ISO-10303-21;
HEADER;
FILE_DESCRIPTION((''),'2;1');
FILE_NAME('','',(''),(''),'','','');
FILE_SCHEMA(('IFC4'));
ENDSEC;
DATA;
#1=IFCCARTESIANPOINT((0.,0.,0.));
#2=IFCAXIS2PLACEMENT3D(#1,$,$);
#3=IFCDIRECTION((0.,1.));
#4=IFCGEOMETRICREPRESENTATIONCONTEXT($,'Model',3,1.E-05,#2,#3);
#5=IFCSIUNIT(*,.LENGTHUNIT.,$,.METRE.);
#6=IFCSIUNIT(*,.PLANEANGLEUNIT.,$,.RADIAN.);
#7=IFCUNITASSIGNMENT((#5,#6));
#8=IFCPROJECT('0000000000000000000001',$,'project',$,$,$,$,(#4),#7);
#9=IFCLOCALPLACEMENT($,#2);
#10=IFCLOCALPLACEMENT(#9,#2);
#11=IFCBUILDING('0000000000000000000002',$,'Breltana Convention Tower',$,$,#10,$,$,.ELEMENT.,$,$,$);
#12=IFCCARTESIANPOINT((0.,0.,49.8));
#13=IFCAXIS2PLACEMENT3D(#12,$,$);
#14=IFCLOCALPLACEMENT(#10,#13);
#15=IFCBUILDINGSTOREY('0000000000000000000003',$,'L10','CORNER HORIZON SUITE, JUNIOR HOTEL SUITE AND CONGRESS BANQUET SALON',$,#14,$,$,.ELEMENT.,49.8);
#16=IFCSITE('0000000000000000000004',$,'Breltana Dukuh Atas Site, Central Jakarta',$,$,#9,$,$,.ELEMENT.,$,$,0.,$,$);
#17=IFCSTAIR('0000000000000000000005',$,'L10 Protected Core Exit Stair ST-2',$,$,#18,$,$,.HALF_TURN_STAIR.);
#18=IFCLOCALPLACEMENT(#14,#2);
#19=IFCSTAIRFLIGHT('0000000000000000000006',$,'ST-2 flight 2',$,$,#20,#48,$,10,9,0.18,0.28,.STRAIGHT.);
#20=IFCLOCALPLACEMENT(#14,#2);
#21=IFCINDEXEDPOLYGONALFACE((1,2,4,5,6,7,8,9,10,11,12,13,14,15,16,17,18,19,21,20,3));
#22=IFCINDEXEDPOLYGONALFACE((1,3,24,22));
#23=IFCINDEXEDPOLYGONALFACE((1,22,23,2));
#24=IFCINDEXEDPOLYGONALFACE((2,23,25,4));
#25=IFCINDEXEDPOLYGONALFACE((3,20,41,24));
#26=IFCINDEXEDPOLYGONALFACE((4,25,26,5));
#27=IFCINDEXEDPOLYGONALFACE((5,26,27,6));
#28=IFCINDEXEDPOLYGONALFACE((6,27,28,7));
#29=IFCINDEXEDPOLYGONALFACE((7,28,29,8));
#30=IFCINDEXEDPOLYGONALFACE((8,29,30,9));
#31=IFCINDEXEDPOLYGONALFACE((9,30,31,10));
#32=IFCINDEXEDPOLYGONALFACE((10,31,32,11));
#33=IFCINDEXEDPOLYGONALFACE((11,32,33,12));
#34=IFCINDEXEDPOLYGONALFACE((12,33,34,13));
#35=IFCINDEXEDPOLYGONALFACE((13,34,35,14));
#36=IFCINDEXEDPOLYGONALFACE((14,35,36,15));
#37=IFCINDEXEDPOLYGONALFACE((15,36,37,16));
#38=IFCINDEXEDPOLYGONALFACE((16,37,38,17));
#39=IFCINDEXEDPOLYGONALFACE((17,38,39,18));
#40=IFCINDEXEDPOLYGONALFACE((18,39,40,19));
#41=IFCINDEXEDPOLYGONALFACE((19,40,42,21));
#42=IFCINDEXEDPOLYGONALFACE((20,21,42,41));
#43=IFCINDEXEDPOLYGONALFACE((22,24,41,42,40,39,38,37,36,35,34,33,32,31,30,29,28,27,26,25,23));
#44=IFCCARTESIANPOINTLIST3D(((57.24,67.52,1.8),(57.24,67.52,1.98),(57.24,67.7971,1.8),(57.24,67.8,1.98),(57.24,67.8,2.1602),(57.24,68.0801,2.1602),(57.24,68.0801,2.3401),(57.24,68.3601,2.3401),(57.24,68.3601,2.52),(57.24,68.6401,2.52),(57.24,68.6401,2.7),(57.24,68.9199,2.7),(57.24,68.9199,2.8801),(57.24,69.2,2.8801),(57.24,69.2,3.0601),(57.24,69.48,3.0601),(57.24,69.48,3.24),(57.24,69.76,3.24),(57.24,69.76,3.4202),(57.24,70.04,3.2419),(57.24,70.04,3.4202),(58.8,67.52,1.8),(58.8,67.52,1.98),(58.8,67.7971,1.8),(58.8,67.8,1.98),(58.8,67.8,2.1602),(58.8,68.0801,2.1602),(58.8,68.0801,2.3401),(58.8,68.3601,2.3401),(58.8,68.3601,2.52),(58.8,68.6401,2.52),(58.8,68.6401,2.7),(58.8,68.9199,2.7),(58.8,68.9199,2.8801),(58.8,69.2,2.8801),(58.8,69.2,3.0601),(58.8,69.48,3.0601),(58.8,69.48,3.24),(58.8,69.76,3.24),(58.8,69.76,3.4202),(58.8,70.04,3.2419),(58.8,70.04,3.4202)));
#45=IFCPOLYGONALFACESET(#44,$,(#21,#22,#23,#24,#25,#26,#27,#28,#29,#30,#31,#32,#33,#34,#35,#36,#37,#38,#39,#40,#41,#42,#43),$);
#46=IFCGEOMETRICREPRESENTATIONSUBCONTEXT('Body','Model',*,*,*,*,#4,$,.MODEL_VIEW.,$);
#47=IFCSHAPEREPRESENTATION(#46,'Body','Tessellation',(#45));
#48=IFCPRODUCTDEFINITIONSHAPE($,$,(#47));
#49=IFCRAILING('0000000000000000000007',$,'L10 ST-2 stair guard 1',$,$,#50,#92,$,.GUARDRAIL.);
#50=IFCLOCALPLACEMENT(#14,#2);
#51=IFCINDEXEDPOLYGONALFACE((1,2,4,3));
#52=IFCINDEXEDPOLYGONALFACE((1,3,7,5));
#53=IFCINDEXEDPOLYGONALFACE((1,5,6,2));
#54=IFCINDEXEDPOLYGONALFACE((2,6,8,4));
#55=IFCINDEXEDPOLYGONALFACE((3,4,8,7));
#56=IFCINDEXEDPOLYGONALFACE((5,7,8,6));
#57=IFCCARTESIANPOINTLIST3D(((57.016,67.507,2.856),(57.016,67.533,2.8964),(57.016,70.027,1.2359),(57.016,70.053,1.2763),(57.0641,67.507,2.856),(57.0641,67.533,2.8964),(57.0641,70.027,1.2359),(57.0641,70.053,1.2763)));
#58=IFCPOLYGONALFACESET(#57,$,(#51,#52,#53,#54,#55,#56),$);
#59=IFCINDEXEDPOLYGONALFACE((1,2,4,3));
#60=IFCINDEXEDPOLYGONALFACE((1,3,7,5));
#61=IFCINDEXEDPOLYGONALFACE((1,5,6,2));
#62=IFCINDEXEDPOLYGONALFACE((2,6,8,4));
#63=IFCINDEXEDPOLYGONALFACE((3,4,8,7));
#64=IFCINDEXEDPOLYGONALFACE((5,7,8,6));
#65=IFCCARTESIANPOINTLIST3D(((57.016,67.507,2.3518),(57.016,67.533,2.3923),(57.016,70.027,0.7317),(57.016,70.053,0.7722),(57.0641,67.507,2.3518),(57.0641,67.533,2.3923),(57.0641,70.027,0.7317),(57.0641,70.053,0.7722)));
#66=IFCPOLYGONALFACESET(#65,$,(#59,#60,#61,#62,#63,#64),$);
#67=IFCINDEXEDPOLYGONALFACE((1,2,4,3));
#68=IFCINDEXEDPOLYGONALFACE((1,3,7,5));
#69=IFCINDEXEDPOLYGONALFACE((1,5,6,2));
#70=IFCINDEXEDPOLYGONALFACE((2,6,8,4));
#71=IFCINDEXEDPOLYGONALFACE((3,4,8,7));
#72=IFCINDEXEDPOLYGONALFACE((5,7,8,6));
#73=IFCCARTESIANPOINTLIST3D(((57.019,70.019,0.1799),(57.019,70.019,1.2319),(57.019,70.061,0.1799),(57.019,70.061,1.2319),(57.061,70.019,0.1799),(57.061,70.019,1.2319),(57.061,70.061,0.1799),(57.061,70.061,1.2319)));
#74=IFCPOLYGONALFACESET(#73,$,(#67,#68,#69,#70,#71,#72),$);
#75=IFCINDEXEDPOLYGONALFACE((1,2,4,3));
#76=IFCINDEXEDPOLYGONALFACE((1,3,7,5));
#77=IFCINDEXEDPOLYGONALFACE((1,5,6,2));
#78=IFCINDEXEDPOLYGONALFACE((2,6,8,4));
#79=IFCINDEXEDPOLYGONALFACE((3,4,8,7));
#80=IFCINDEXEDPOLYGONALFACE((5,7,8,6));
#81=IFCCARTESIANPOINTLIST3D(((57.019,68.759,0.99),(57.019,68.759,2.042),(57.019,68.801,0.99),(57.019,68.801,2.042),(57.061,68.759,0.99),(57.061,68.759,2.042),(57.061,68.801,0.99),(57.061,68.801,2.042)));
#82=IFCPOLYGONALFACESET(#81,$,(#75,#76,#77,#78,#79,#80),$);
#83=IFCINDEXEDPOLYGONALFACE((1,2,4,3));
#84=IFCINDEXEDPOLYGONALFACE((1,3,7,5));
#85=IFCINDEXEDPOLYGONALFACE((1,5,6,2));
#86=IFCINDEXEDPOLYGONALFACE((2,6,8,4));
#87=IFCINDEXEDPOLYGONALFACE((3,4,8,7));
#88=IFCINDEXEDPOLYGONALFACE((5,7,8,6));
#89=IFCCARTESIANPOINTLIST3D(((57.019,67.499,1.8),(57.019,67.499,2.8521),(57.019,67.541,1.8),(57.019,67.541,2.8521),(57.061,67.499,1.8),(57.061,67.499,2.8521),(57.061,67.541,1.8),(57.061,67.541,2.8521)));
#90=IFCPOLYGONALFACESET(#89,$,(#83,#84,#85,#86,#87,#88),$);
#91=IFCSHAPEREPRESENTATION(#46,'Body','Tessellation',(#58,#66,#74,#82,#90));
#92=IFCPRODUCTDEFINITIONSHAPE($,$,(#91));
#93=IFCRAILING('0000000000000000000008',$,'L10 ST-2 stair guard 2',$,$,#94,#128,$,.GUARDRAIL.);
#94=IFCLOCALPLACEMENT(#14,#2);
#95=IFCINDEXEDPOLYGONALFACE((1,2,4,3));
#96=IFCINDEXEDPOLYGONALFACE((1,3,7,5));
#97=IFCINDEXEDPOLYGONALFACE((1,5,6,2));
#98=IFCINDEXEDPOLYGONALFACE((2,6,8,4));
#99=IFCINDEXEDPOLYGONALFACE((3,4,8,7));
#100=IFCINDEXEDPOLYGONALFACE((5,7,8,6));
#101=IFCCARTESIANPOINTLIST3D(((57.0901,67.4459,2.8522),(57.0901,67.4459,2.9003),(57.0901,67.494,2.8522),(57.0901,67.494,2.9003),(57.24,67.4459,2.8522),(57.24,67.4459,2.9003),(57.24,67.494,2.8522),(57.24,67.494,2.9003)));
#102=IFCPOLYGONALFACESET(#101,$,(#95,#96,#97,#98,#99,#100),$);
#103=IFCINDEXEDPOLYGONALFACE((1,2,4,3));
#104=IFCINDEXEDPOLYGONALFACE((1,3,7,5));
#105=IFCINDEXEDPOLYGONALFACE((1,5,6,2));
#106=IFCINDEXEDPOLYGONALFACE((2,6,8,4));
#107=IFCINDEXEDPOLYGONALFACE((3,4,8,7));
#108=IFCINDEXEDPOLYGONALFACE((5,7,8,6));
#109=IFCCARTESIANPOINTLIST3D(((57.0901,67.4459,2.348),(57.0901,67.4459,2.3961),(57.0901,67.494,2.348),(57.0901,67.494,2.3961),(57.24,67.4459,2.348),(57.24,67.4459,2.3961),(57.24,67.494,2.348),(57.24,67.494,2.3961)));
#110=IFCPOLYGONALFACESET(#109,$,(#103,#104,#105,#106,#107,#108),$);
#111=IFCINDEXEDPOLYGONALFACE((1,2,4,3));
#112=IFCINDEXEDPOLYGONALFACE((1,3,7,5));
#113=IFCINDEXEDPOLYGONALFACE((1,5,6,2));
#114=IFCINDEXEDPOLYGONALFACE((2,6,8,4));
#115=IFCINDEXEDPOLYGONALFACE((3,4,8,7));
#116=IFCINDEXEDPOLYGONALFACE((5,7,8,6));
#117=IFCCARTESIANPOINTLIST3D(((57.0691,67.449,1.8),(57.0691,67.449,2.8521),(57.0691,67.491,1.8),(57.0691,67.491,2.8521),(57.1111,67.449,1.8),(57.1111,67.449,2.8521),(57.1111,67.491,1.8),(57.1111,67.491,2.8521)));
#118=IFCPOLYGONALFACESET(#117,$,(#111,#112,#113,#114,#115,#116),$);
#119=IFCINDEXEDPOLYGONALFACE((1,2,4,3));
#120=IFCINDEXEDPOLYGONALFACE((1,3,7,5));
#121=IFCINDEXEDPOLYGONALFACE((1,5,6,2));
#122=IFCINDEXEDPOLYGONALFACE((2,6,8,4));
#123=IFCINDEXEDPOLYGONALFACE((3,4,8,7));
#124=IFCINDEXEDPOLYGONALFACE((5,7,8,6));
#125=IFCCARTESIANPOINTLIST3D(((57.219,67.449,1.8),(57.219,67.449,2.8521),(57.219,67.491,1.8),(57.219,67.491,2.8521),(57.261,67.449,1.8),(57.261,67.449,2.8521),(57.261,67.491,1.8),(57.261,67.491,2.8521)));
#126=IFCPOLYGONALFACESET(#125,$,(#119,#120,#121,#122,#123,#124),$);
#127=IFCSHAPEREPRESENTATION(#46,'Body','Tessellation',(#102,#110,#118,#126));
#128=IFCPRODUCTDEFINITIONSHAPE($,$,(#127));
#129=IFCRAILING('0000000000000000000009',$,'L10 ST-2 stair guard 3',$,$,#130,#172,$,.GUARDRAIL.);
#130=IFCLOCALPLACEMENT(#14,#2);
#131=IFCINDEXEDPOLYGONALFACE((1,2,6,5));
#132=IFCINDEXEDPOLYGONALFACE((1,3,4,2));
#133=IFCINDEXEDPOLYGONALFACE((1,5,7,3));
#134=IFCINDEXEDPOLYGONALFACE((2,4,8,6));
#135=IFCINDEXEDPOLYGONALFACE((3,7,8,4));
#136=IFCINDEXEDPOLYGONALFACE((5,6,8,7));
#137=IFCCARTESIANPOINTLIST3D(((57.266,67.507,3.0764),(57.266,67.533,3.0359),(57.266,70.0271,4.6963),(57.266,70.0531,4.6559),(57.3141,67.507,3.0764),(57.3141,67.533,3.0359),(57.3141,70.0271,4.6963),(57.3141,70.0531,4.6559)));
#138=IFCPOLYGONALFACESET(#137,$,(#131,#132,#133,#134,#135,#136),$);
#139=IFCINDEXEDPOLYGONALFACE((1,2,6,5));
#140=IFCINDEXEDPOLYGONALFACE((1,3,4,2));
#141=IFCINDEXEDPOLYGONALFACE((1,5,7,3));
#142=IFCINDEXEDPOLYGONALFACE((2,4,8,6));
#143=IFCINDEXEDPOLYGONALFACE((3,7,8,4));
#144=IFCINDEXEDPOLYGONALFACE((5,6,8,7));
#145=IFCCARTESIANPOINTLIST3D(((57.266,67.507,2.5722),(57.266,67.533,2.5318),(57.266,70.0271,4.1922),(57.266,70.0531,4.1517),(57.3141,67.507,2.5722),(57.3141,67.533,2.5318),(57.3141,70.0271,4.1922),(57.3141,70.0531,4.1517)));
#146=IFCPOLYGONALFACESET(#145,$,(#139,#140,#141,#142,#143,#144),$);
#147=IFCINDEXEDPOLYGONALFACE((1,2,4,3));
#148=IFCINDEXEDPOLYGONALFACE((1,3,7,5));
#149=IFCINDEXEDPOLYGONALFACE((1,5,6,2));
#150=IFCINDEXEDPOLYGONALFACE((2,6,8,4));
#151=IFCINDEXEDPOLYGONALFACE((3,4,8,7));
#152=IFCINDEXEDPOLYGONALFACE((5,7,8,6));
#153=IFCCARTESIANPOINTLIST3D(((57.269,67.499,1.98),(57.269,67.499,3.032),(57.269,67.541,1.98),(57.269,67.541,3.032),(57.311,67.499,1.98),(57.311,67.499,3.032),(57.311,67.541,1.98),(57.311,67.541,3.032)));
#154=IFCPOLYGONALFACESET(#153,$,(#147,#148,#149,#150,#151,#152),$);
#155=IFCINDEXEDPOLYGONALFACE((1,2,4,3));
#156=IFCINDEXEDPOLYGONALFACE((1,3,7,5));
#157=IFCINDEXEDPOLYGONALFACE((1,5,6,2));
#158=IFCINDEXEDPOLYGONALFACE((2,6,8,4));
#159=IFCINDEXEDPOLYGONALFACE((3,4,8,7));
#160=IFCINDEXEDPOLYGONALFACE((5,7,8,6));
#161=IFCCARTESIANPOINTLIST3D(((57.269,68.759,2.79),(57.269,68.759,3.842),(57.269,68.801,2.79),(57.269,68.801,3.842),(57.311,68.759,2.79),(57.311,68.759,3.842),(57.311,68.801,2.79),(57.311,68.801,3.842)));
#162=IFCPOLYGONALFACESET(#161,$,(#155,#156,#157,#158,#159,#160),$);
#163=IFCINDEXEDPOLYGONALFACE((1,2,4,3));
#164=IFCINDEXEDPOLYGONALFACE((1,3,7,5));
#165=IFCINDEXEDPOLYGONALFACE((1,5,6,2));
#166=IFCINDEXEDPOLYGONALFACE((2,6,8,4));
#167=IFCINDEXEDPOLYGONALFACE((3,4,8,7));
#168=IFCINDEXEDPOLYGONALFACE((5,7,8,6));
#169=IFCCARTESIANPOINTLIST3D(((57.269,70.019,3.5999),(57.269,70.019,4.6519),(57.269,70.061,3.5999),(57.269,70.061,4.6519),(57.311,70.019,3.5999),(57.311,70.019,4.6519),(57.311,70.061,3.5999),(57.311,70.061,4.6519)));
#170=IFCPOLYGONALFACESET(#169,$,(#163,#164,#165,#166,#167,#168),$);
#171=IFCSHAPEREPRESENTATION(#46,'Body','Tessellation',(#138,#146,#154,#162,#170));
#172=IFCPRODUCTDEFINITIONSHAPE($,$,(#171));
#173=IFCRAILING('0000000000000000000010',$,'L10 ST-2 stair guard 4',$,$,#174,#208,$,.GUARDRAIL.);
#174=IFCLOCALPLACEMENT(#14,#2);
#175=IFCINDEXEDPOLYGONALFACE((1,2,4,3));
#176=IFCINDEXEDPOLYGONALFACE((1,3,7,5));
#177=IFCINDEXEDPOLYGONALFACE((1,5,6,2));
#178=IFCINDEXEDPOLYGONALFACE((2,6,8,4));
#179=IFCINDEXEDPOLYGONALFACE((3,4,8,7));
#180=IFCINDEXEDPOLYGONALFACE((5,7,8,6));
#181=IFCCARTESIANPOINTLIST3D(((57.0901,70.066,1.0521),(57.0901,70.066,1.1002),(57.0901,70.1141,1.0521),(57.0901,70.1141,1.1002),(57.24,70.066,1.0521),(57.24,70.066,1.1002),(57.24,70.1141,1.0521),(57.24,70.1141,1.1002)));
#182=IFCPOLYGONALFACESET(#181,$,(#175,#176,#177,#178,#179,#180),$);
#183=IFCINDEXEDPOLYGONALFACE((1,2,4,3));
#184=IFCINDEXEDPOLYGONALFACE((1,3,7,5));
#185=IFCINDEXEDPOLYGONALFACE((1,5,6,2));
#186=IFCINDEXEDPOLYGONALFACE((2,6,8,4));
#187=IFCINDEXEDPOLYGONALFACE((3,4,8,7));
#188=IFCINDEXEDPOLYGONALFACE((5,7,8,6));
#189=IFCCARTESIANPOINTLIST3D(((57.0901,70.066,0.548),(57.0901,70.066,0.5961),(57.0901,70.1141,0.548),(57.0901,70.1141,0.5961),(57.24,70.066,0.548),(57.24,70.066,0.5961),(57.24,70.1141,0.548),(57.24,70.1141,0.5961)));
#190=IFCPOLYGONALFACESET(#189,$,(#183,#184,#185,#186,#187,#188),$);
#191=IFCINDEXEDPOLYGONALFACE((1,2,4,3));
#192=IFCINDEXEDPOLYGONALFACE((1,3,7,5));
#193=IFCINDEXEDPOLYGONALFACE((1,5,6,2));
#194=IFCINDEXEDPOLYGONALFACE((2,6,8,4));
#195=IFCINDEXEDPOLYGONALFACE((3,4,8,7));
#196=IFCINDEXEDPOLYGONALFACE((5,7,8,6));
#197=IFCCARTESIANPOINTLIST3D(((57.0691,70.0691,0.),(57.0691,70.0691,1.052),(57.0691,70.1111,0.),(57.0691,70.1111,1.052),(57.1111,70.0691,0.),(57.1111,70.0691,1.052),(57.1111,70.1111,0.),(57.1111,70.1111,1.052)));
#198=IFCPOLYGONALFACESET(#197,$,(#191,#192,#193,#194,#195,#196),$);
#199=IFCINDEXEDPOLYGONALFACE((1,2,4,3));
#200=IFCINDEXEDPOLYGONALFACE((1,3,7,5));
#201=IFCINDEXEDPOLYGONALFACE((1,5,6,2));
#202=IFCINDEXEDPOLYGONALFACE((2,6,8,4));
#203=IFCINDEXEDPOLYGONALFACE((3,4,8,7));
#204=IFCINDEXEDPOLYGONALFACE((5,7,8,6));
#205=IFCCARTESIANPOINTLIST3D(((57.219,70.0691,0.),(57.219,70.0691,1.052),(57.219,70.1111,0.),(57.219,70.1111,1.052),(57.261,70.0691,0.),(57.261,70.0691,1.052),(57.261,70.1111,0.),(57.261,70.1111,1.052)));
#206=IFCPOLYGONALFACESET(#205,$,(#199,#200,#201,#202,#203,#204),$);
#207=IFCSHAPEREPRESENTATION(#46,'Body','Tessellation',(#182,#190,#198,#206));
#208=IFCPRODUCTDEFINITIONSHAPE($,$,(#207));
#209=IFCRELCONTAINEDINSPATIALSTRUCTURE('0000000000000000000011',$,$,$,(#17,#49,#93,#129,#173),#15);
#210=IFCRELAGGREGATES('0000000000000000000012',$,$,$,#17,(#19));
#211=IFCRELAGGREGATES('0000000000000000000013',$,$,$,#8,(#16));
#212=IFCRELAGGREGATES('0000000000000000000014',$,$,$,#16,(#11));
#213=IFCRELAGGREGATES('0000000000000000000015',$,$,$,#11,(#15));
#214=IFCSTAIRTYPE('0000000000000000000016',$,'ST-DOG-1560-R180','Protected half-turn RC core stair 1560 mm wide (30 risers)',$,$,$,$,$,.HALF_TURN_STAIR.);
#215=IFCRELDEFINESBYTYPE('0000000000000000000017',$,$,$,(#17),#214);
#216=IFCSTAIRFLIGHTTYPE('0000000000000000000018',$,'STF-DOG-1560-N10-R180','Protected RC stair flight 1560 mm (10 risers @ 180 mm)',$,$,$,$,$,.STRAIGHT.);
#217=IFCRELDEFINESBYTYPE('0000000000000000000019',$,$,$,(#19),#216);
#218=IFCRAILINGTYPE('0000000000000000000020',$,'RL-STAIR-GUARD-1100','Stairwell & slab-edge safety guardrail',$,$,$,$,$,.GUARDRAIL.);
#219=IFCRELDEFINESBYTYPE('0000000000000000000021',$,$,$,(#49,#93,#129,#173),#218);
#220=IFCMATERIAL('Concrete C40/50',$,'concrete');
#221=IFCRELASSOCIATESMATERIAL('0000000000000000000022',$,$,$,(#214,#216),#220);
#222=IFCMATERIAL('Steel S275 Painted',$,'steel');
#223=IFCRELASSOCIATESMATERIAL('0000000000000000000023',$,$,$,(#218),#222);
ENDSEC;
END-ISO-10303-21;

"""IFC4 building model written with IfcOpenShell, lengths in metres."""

from ifc_helpers import new_model, si_unit, direction, frame, origin, origin_2d, place, context, subcontext, project, spatial, polyline, rectangle, outline, extrude, material, type_object, element, aggregate, save


model = new_model("IFC4")

# Units and contexts
model_context = context("Model", 3, precision=1e-05, world=origin(), true_north=direction((0.0, 1.0)))
body_context = subcontext(model_context, "Body", "Model", "MODEL_VIEW")
ifc_project = project(units=[si_unit("LENGTHUNIT", "METRE"), si_unit("PLANEANGLEUNIT", "RADIAN")], contexts=[model_context])

# Site, building, storey
site_placement = place(None, origin())
site = spatial("IfcSite", under=ifc_project, at=site_placement, Name="Breltana Dukuh Atas Site, Central Jakarta", CompositionType="ELEMENT", RefElevation=0.0)
building_placement = place(site_placement, origin())
building = spatial("IfcBuilding", under=site, at=building_placement, Name="Breltana Convention Tower", CompositionType="ELEMENT")
storey_placement = place(building_placement, frame((0.0, 0.0, 49.8)))
storey = spatial("IfcBuildingStorey", under=building, at=storey_placement, Name="L10", Description="CORNER HORIZON SUITE, JUNIOR HOTEL SUITE AND CONGRESS BANQUET SALON", CompositionType="ELEMENT", Elevation=49.8)

# Stair, stair flight
ifc_material_1 = material(Name="Concrete C40/50", Category="concrete")
stair_type = type_object("IfcStairType", Name="ST-DOG-1560-R180", Description="Protected half-turn RC core stair 1560 mm wide (30 risers)", PredefinedType="HALF_TURN_STAIR", material=ifc_material_1)
stair_placement = place(storey_placement, origin())
stair = element("IfcStair", 1, at=stair_placement, inside=storey, type_object=stair_type, Name="L10 Protected Core Exit Stair ST-2", PredefinedType="HALF_TURN_STAIR")
stair_flight_type = type_object("IfcStairFlightType", Name="STF-DOG-1560-N10-R180", Description="Protected RC stair flight 1560 mm (10 risers @ 180 mm)", PredefinedType="STRAIGHT", material=ifc_material_1)
stair_flight_1_placement = place(storey_placement, frame((58.02, 67.52, 1.8), z_axis=(0.0, 0.0, 1.0), x_axis=(0.0, 1.0, 0.0)))
stair_flight_1 = element("IfcStairFlight", 2, at=stair_flight_1_placement, type_object=stair_flight_type, Name="ST-2 flight 2", NumberOfRisers=10, NumberOfTreads=9, PredefinedType="STRAIGHT", RiserHeight=0.18, TreadLength=0.28, context=body_context, shape_type="SweptSolid", body=[
    extrude(outline(polyline([(0.0, 0.0), (0.0, 0.1799), (0.28, 0.1799), (0.28, 0.3601), (0.5601, 0.3601), (0.5601, 0.54), (0.8401, 0.54), (0.8401, 0.72), (1.1201, 0.72), (1.1201, 0.8999), (1.3999, 0.8999), (1.3999, 1.0801), (1.6799, 1.0801), (1.6799, 1.26), (1.96, 1.26), (1.96, 1.4399), (2.24, 1.4399), (2.24, 1.6201), (2.52, 1.6201), (2.52, 1.8), (2.52, 1.4419), (0.2771, 0.0), (0.0, 0.0)])), frame((0.0, 0.78, 0.0), z_axis=(0.0, -1.0, 0.0), x_axis=(1.0, 0.0, 0.0)), (0.0, 0.0, 1.0), 1.5601),
])
aggregate(stair, [stair_flight_1])

# Railings
ifc_material_2 = material(Name="Steel S275 Painted", Category="steel")
railing_type_1 = type_object("IfcRailingType", Name="RL-STAIR-GUARD-1100", Description="Stairwell & slab-edge safety guardrail", PredefinedType="GUARDRAIL", material=ifc_material_2)
railing_1_placement = place(storey_placement, frame((57.04, 70.04, 0.1799)))
element("IfcRailing", 3, at=railing_1_placement, inside=storey, type_object=railing_type_1, Name="L10 ST-2 stair guard 1", PredefinedType="GUARDRAIL", context=body_context, shape_type="SweptSolid", body=[
    extrude(rectangle(XDim=0.0481, YDim=0.0481, at=origin_2d()), frame((0.0, 0.0, 1.0762), z_axis=(0.0, -0.841163, 0.540782), x_axis=(1.0, 0.0, 0.0)), (0.0, 0.0, 1.0), 2.9958),
    extrude(rectangle(XDim=0.0481, YDim=0.0481, at=origin_2d()), frame((0.0, 0.0, 0.572), z_axis=(0.0, -0.841163, 0.540782), x_axis=(1.0, 0.0, 0.0)), (0.0, 0.0, 1.0), 2.9958),
    extrude(rectangle(XDim=0.042, YDim=0.042, at=origin_2d()), origin(), (0.0, 0.0, 1.0), 1.052),
    extrude(rectangle(XDim=0.042, YDim=0.042, at=origin_2d()), frame((0.0, -1.26, 0.8101)), (0.0, 0.0, 1.0), 1.052),
    extrude(rectangle(XDim=0.042, YDim=0.042, at=origin_2d()), frame((0.0, -2.52, 1.6201)), (0.0, 0.0, 1.0), 1.052),
])
railing_2_placement = place(storey_placement, frame((57.0901, 67.47, 1.8)))
element("IfcRailing", 4, at=railing_2_placement, inside=storey, type_object=railing_type_1, Name="L10 ST-2 stair guard 2", PredefinedType="GUARDRAIL", context=body_context, shape_type="SweptSolid", body=[
    extrude(rectangle(XDim=0.0481, YDim=0.0481, at=origin_2d()), frame((0.0, 0.0, 1.0762), z_axis=(1.0, 0.0, 0.0), x_axis=(0.0, 1.0, 0.0)), (0.0, 0.0, 1.0), 0.1499),
    extrude(rectangle(XDim=0.0481, YDim=0.0481, at=origin_2d()), frame((0.0, 0.0, 0.572), z_axis=(1.0, 0.0, 0.0), x_axis=(0.0, 1.0, 0.0)), (0.0, 0.0, 1.0), 0.1499),
    extrude(rectangle(XDim=0.042, YDim=0.042, at=origin_2d()), origin(), (0.0, 0.0, 1.0), 1.052),
    extrude(rectangle(XDim=0.042, YDim=0.042, at=origin_2d()), frame((0.1499, 0.0, 0.0)), (0.0, 0.0, 1.0), 1.052),
])
railing_3_placement = place(storey_placement, frame((57.29, 67.52, 1.98)))
element("IfcRailing", 5, at=railing_3_placement, inside=storey, type_object=railing_type_1, Name="L10 ST-2 stair guard 3", PredefinedType="GUARDRAIL", context=body_context, shape_type="SweptSolid", body=[
    extrude(rectangle(XDim=0.0481, YDim=0.0481, at=origin_2d()), frame((0.0, 0.0, 1.0762), z_axis=(0.0, 0.8412, 0.540725), x_axis=(-1.0, 0.0, 0.0)), (0.0, 0.0, 1.0), 2.9958),
    extrude(rectangle(XDim=0.0481, YDim=0.0481, at=origin_2d()), frame((0.0, 0.0, 0.572), z_axis=(0.0, 0.8412, 0.540725), x_axis=(-1.0, 0.0, 0.0)), (0.0, 0.0, 1.0), 2.9958),
    extrude(rectangle(XDim=0.042, YDim=0.042, at=origin_2d()), origin(), (0.0, 0.0, 1.0), 1.052),
    extrude(rectangle(XDim=0.042, YDim=0.042, at=origin_2d()), frame((0.0, 1.26, 0.8101)), (0.0, 0.0, 1.0), 1.052),
    extrude(rectangle(XDim=0.042, YDim=0.042, at=origin_2d()), frame((0.0, 2.52, 1.6199)), (0.0, 0.0, 1.0), 1.052),
])
railing_4_placement = place(storey_placement, frame((57.0901, 70.0901, 0.0)))
element("IfcRailing", 6, at=railing_4_placement, inside=storey, type_object=railing_type_1, Name="L10 ST-2 stair guard 4", PredefinedType="GUARDRAIL", context=body_context, shape_type="SweptSolid", body=[
    extrude(rectangle(XDim=0.0481, YDim=0.0481, at=origin_2d()), frame((0.0, 0.0, 1.0762), z_axis=(1.0, 0.0, 0.0), x_axis=(0.0, 1.0, 0.0)), (0.0, 0.0, 1.0), 0.1499),
    extrude(rectangle(XDim=0.0481, YDim=0.0481, at=origin_2d()), frame((0.0, 0.0, 0.572), z_axis=(1.0, 0.0, 0.0), x_axis=(0.0, 1.0, 0.0)), (0.0, 0.0, 1.0), 0.1499),
    extrude(rectangle(XDim=0.042, YDim=0.042, at=origin_2d()), origin(), (0.0, 0.0, 1.0), 1.052),
    extrude(rectangle(XDim=0.042, YDim=0.042, at=origin_2d()), frame((0.1499, 0.0, 0.0)), (0.0, 0.0, 1.0), 1.052),
])

save(model, "model.ifc")
